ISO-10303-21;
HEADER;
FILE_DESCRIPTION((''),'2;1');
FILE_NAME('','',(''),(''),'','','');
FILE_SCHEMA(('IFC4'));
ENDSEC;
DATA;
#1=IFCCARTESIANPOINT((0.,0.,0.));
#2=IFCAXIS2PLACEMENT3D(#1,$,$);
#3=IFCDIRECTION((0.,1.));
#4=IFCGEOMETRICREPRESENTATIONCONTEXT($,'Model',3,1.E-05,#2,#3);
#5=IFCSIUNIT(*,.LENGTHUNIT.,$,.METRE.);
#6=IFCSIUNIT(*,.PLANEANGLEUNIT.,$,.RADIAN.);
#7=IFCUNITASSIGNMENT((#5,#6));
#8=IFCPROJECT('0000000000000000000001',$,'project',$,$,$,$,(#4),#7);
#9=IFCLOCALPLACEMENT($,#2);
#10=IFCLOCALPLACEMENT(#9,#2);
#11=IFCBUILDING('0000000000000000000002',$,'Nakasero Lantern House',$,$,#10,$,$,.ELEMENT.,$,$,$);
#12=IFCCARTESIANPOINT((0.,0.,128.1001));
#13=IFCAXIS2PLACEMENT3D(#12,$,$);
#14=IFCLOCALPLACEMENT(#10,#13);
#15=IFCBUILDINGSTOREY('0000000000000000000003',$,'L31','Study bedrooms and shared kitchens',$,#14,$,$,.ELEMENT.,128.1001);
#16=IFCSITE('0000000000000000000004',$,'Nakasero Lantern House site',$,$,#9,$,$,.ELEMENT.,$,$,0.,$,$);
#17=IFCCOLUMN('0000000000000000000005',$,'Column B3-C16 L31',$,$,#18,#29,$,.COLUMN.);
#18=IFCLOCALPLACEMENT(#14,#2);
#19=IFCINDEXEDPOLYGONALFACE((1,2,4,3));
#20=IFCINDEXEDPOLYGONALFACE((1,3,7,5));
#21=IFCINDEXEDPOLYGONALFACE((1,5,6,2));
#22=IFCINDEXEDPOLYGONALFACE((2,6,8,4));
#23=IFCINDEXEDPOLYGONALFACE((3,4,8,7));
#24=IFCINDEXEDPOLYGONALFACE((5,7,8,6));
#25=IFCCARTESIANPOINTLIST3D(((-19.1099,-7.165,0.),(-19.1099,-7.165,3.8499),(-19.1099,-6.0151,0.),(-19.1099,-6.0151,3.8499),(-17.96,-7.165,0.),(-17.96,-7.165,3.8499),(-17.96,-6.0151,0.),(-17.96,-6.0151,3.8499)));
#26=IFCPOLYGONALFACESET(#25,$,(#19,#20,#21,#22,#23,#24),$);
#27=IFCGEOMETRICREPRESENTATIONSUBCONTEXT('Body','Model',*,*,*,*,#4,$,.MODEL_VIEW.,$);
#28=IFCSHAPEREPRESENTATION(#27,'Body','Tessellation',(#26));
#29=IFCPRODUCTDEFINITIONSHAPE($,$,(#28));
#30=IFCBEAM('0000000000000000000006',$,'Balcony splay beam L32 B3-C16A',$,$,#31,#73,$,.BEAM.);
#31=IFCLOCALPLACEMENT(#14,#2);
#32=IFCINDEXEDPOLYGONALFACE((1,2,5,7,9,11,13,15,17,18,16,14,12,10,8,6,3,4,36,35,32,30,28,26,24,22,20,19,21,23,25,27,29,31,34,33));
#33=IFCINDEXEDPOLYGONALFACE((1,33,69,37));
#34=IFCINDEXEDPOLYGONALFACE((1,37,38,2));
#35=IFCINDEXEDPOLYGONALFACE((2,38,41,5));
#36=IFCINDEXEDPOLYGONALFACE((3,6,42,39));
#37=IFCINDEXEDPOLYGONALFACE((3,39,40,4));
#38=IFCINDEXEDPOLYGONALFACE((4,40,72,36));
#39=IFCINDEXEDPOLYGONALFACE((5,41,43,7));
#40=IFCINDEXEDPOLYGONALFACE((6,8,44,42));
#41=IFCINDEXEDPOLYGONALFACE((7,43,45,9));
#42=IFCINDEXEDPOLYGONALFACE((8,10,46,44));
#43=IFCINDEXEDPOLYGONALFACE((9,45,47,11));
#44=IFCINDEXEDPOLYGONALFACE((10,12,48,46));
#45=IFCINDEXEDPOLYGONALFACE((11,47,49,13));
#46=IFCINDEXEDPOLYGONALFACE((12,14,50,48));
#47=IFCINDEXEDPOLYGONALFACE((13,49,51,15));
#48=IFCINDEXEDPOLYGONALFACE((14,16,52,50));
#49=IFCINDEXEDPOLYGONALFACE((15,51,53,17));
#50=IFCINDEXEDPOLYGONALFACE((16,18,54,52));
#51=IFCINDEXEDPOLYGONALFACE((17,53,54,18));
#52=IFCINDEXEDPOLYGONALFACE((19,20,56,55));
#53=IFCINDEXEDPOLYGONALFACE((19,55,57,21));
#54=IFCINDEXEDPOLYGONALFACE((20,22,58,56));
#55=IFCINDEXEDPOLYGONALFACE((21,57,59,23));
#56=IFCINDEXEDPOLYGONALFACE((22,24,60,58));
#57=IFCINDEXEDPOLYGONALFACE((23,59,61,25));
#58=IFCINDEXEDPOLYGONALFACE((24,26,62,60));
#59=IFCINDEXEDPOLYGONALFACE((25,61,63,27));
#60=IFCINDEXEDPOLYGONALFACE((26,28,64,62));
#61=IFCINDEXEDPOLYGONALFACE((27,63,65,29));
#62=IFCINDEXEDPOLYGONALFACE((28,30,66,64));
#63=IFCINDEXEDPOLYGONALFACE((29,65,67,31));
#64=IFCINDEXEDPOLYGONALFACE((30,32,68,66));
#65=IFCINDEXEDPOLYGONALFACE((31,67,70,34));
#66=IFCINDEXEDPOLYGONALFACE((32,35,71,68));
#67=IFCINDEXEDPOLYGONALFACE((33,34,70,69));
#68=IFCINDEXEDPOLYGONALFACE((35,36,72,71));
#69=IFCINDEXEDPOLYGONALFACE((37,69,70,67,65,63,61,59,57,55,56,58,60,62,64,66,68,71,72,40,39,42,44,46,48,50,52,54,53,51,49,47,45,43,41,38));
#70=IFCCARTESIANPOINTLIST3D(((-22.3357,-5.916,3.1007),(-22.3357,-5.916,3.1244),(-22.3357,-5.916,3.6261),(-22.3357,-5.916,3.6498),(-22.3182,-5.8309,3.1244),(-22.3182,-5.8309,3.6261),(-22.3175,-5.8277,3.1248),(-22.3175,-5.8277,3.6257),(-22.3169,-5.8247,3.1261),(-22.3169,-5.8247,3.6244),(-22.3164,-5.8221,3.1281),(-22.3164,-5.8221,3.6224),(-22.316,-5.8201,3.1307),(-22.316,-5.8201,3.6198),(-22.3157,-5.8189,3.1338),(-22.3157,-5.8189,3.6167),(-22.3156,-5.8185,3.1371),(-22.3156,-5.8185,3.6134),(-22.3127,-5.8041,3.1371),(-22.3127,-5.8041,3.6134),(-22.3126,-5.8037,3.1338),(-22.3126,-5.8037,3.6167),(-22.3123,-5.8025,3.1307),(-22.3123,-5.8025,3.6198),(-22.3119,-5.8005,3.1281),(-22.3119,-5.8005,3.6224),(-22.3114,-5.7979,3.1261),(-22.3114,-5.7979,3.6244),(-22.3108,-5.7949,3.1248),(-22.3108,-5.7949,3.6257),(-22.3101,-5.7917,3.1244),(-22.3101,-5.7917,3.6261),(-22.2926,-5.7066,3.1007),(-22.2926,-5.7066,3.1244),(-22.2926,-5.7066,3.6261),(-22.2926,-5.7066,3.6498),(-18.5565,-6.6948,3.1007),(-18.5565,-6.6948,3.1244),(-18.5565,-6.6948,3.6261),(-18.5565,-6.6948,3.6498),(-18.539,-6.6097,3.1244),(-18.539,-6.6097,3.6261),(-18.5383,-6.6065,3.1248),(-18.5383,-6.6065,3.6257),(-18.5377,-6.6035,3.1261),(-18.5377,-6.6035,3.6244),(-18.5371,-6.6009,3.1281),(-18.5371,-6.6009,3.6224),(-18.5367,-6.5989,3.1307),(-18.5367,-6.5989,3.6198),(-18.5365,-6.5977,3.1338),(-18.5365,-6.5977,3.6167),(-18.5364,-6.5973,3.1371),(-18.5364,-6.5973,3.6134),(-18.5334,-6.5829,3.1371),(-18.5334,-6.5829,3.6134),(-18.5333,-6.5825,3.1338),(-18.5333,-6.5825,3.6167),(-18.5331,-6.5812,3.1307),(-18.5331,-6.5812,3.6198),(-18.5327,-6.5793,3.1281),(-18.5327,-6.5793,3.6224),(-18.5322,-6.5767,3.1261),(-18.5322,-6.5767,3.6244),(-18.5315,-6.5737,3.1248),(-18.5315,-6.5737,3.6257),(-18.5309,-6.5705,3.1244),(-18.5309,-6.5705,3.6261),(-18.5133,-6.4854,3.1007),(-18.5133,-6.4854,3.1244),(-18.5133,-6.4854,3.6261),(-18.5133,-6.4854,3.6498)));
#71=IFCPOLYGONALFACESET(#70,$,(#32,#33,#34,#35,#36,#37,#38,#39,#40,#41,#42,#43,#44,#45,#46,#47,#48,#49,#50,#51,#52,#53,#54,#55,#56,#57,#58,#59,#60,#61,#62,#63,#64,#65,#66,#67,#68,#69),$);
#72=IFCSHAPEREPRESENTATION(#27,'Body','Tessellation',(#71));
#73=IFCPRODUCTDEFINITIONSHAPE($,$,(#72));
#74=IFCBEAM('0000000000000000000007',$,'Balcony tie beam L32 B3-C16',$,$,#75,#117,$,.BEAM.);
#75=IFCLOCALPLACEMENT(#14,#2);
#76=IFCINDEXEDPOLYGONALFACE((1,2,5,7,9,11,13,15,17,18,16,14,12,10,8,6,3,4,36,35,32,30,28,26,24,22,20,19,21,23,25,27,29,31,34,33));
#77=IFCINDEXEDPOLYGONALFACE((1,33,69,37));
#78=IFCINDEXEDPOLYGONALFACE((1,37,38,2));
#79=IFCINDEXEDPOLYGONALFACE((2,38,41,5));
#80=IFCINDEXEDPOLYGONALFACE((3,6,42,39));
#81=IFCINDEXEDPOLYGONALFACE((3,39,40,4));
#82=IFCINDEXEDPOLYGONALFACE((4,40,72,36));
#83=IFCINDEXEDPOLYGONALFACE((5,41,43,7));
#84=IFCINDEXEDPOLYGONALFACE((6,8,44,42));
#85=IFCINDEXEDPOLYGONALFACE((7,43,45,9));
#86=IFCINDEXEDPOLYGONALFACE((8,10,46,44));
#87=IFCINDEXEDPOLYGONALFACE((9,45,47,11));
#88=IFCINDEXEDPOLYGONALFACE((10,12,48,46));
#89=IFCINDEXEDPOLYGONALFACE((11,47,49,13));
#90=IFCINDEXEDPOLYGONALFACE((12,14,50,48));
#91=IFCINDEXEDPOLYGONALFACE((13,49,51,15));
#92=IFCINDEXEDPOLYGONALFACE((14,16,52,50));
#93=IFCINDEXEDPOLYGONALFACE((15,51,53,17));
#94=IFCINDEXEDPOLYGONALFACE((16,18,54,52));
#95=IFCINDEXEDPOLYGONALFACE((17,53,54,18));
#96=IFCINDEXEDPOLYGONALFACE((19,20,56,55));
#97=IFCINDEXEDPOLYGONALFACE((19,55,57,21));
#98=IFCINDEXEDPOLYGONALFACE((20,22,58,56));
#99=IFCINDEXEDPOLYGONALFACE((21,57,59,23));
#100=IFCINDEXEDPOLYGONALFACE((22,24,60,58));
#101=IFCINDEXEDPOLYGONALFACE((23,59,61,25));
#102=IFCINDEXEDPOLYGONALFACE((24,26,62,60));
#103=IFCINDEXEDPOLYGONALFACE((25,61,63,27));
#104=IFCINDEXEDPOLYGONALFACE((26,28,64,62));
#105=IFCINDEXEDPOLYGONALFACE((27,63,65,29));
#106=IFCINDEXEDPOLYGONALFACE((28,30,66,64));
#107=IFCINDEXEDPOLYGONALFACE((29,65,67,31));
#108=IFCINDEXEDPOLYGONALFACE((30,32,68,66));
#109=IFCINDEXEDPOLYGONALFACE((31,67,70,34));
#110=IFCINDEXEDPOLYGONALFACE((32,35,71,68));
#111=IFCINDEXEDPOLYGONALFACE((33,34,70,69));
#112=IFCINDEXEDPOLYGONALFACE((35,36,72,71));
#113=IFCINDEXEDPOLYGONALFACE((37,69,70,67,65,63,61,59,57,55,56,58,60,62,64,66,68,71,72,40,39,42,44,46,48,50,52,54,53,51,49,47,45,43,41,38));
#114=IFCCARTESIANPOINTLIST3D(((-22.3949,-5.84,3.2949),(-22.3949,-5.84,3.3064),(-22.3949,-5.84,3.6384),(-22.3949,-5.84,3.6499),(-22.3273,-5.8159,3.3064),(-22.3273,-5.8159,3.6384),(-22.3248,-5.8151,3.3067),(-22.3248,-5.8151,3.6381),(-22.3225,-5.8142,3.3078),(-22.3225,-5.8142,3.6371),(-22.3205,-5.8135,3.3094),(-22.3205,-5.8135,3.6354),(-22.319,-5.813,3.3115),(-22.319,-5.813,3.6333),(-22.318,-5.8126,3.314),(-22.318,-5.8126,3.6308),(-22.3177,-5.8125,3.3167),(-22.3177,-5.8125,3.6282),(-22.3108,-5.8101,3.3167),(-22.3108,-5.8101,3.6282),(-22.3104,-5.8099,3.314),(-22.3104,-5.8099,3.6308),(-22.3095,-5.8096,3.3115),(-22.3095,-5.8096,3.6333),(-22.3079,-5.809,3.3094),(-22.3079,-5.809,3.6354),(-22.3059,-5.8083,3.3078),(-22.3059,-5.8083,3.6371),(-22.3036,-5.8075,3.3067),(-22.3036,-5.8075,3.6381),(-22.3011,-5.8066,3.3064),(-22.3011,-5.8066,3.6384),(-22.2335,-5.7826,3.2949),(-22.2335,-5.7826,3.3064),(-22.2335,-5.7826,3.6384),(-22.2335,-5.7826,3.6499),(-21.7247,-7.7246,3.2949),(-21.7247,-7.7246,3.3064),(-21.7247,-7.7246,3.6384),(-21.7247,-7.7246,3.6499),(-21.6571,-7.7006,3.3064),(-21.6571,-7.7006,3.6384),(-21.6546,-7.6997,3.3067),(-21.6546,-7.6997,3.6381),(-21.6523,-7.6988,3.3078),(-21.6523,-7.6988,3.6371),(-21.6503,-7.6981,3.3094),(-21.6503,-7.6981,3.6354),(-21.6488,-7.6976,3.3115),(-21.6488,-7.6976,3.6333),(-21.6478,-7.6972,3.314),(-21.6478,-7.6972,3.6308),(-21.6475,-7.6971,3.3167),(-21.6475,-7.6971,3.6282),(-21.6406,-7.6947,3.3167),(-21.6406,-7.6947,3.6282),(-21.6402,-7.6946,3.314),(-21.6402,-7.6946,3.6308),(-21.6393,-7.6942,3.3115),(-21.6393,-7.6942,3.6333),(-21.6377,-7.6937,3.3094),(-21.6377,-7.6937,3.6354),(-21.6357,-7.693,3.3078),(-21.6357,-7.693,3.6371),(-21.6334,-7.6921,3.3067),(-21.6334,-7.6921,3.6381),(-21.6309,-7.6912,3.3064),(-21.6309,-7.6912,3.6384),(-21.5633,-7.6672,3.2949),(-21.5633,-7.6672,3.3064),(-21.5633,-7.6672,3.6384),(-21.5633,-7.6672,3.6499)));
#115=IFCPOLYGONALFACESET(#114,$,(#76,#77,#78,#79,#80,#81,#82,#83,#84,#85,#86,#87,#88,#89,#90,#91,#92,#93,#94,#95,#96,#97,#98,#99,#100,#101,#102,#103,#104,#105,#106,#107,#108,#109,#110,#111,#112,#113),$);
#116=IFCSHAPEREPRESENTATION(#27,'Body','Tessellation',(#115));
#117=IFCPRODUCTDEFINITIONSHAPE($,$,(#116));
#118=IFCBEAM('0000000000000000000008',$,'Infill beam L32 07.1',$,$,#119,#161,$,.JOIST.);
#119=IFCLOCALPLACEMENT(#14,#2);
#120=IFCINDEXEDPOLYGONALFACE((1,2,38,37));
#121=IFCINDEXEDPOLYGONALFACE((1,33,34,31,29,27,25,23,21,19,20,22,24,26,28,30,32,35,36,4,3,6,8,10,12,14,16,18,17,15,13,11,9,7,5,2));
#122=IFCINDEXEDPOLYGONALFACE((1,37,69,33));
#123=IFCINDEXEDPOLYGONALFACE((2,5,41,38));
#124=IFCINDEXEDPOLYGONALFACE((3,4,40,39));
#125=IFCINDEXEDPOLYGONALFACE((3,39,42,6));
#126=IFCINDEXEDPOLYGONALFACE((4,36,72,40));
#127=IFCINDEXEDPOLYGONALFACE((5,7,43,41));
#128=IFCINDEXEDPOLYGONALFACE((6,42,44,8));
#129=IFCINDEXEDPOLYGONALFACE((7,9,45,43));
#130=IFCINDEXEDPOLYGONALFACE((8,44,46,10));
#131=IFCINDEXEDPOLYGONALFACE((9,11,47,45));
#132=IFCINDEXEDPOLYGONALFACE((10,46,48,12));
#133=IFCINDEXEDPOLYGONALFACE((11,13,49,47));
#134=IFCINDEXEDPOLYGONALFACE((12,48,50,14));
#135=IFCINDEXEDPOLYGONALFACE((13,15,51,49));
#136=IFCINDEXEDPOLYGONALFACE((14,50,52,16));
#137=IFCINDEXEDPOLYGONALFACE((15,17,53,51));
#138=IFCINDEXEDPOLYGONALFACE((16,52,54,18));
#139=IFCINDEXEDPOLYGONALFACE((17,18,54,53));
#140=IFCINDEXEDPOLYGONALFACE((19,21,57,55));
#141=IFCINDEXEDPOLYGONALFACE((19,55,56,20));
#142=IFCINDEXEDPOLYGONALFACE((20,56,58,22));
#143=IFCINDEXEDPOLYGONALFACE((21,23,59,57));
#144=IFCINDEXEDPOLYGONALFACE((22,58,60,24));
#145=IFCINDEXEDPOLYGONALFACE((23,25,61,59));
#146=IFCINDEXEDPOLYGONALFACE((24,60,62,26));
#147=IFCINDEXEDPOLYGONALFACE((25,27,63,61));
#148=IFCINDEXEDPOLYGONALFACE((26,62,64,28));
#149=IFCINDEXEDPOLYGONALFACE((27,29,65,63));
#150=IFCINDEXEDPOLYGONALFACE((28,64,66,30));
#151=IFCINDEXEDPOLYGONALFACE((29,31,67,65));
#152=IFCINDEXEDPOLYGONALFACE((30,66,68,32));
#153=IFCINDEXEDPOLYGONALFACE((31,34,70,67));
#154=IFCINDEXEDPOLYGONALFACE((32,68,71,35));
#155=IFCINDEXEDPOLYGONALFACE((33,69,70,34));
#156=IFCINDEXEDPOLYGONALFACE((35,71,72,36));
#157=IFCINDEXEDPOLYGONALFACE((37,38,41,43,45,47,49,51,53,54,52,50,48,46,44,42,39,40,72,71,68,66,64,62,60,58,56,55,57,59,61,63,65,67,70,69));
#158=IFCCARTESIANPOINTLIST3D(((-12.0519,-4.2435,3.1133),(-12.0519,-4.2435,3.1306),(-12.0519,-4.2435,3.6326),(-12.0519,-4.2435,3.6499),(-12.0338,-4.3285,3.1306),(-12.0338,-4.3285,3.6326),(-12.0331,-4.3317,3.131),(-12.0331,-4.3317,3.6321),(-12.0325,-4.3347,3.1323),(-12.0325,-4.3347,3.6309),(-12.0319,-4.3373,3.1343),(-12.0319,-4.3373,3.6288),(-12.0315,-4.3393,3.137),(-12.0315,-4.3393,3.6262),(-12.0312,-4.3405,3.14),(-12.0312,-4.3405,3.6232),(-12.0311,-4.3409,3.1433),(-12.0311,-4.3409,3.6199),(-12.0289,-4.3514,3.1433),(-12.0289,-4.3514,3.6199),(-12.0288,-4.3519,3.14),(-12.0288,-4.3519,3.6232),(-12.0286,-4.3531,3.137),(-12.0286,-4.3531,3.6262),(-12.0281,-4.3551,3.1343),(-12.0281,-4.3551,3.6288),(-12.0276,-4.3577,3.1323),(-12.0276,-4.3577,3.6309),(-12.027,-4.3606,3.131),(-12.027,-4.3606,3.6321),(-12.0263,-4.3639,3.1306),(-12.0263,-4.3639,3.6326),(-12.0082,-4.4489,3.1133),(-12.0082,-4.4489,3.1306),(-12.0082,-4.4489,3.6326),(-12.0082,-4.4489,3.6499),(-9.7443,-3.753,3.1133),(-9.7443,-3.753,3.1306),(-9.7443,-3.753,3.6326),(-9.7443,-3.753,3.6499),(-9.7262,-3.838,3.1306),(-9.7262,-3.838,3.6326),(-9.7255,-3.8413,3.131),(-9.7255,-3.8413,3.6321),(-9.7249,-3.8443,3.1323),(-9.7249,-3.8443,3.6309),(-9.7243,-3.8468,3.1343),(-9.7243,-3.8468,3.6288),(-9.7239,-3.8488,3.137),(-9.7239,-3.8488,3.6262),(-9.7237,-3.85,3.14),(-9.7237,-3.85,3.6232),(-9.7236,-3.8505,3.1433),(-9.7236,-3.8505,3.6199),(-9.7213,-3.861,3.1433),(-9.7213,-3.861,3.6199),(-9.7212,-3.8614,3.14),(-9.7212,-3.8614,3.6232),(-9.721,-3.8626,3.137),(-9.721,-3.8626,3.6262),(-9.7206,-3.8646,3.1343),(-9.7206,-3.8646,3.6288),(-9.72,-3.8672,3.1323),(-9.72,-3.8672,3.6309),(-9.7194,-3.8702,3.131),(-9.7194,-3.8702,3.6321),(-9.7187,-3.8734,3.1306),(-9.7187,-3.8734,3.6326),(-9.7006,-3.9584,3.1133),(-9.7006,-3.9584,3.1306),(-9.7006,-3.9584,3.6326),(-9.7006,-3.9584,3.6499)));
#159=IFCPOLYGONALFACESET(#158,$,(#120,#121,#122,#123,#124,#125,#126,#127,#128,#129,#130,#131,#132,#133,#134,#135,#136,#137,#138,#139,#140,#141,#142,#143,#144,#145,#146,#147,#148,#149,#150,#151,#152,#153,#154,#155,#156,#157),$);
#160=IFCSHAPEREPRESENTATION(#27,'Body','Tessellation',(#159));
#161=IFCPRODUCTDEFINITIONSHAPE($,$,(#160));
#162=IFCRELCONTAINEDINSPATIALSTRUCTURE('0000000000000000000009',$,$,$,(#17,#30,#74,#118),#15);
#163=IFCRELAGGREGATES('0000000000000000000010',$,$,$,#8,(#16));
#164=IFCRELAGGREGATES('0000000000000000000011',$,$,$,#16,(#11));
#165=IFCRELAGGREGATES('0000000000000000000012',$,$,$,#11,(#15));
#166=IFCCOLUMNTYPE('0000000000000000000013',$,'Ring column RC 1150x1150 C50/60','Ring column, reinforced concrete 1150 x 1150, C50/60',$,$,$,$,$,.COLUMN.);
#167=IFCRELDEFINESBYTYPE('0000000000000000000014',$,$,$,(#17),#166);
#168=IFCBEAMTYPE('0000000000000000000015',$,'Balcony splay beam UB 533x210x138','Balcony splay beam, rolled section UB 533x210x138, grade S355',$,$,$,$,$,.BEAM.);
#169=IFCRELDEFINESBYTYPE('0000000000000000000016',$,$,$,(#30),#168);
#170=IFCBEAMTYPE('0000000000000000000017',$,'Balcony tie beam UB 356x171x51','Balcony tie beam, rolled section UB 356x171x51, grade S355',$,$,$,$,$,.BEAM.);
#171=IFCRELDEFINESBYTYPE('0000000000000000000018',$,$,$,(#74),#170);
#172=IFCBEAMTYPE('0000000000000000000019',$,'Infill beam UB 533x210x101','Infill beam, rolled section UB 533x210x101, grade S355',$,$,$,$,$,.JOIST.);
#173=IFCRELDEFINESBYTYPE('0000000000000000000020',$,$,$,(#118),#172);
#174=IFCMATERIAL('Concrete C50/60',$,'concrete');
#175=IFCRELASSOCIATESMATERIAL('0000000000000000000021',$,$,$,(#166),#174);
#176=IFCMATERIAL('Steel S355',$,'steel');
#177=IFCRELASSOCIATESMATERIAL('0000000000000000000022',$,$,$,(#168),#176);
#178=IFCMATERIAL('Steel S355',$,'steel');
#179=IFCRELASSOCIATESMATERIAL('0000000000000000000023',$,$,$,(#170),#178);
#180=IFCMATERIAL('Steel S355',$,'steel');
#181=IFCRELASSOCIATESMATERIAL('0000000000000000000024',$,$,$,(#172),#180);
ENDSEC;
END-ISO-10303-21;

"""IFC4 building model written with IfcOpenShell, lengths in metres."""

from ifc_helpers import new_model, si_unit, direction, frame, origin, origin_2d, place, context, subcontext, project, spatial, rectangle, i_section, extrude, material, material_profile, profile_set, type_object, element, save


model = new_model("IFC4")

# Units and contexts
model_context = context("Model", 3, precision=1e-05, world=origin(), true_north=direction((0.0, 1.0)))
body_context = subcontext(model_context, "Body", "Model", "MODEL_VIEW")
ifc_project = project(units=[si_unit("LENGTHUNIT", "METRE"), si_unit("PLANEANGLEUNIT", "RADIAN")], contexts=[model_context])

# Site, building, storey
site_placement = place(None, origin())
site = spatial("IfcSite", under=ifc_project, at=site_placement, Name="Nakasero Lantern House site", CompositionType="ELEMENT", RefElevation=0.0)
building_placement = place(site_placement, origin())
building = spatial("IfcBuilding", under=site, at=building_placement, Name="Nakasero Lantern House", CompositionType="ELEMENT")
storey_placement = place(building_placement, frame((0.0, 0.0, 128.1001)))
storey = spatial("IfcBuildingStorey", under=building, at=storey_placement, Name="L31", Description="Study bedrooms and shared kitchens", CompositionType="ELEMENT", Elevation=128.1001)

# Column
ifc_material_1 = material(Name="Concrete C50/60", Category="concrete")
ifc_material_profile_1 = material_profile(ifc_material_1, rectangle(XDim=1.1499, YDim=1.1499, at=origin_2d()), Name="RC 1150x1150")
ifc_profile_set_1 = profile_set([ifc_material_profile_1], Name="Concrete C50/60")
column_type = type_object("IfcColumnType", Name="Ring column RC 1150x1150 C50/60", Description="Ring column, reinforced concrete 1150 x 1150, C50/60", PredefinedType="COLUMN", material=ifc_profile_set_1)
column_placement = place(storey_placement, frame((-18.5349, -6.5901, 0.0), z_axis=(0.0, 0.0, 1.0), x_axis=(1.0, 0.0, 0.0)))
element("IfcColumn", 1, at=column_placement, inside=storey, type_object=column_type, Name="Column B3-C16 L31", PredefinedType="COLUMN", context=body_context, shape_type="SweptSolid", body=[
    extrude(rectangle(XDim=1.1499, YDim=1.1499, at=origin_2d()), origin(), (0.0, 0.0, 1.0), 3.8499),
])

# Beams
ifc_material_2 = material(Name="Steel S355", Category="steel")
ifc_material_profile_2 = material_profile(ifc_material_2, i_section(OverallWidth=0.2139, OverallDepth=0.5491, WebThickness=0.0146, FlangeThickness=0.0237, FilletRadius=0.0127, at=origin_2d()), Name="UB 533x210x138")
ifc_profile_set_2 = profile_set([ifc_material_profile_2], Name="Steel S355")
beam_type_1 = type_object("IfcBeamType", Name="Balcony splay beam UB 533x210x138", Description="Balcony splay beam, rolled section UB 533x210x138, grade S355", PredefinedType="BEAM", material=ifc_profile_set_2)
beam_1_placement = place(storey_placement, frame((-18.5349, -6.5901, 3.3752), z_axis=(-0.97942, 0.201831, 0.0), x_axis=(-0.201831, -0.97942, 0.0)))
element("IfcBeam", 2, at=beam_1_placement, inside=storey, type_object=beam_type_1, Name="Balcony splay beam L32 B3-C16A", PredefinedType="BEAM", context=body_context, shape_type="SweptSolid", body=[
    extrude(i_section(OverallWidth=0.2139, OverallDepth=0.5491, WebThickness=0.0146, FlangeThickness=0.0237, FilletRadius=0.0127, at=origin_2d()), origin(), (0.0, 0.0, 1.0), 3.8586),
])
ifc_material_3 = material(Name="Steel S355", Category="steel")
ifc_material_profile_3 = material_profile(ifc_material_3, i_section(OverallWidth=0.1714, OverallDepth=0.355, WebThickness=0.0073, FlangeThickness=0.0115, FilletRadius=0.0103, at=origin_2d()), Name="UB 356x171x51")
ifc_profile_set_3 = profile_set([ifc_material_profile_3], Name="Steel S355")
beam_type_2 = type_object("IfcBeamType", Name="Balcony tie beam UB 356x171x51", Description="Balcony tie beam, rolled section UB 356x171x51, grade S355", PredefinedType="BEAM", material=ifc_profile_set_3)
beam_2_placement = place(storey_placement, frame((-22.3142, -5.8113, 3.4724), z_axis=(0.33506, -0.942197, 0.0), x_axis=(0.942197, 0.33506, 0.0)))
element("IfcBeam", 3, at=beam_2_placement, inside=storey, type_object=beam_type_2, Name="Balcony tie beam L32 B3-C16", PredefinedType="BEAM", context=body_context, shape_type="SweptSolid", body=[
    extrude(i_section(OverallWidth=0.1714, OverallDepth=0.355, WebThickness=0.0073, FlangeThickness=0.0115, FilletRadius=0.0103, at=origin_2d()), origin(), (0.0, 0.0, 1.0), 2.0002),
])
ifc_material_4 = material(Name="Steel S355", Category="steel")
ifc_material_profile_4 = material_profile(ifc_material_4, i_section(OverallWidth=0.21, OverallDepth=0.5366, WebThickness=0.0107, FlangeThickness=0.0173, FilletRadius=0.0127, at=origin_2d()), Name="UB 533x210x101")
ifc_profile_set_4 = profile_set([ifc_material_profile_4], Name="Steel S355")
beam_type_3 = type_object("IfcBeamType", Name="Infill beam UB 533x210x101", Description="Infill beam, rolled section UB 533x210x101, grade S355", PredefinedType="JOIST", material=ifc_profile_set_4)
beam_3_placement = place(storey_placement, frame((-12.03, -4.3462, 3.3816), z_axis=(0.978149, 0.207903, 0.0), x_axis=(-0.207903, 0.978149, 0.0)))
element("IfcBeam", 4, at=beam_3_placement, inside=storey, type_object=beam_type_3, Name="Infill beam L32 07.1", PredefinedType="JOIST", context=body_context, shape_type="SweptSolid", body=[
    extrude(i_section(OverallWidth=0.21, OverallDepth=0.5366, WebThickness=0.0107, FlangeThickness=0.0173, FilletRadius=0.0127, at=origin_2d()), origin(), (0.0, 0.0, 1.0), 2.3591),
])

save(model, "model.ifc")
